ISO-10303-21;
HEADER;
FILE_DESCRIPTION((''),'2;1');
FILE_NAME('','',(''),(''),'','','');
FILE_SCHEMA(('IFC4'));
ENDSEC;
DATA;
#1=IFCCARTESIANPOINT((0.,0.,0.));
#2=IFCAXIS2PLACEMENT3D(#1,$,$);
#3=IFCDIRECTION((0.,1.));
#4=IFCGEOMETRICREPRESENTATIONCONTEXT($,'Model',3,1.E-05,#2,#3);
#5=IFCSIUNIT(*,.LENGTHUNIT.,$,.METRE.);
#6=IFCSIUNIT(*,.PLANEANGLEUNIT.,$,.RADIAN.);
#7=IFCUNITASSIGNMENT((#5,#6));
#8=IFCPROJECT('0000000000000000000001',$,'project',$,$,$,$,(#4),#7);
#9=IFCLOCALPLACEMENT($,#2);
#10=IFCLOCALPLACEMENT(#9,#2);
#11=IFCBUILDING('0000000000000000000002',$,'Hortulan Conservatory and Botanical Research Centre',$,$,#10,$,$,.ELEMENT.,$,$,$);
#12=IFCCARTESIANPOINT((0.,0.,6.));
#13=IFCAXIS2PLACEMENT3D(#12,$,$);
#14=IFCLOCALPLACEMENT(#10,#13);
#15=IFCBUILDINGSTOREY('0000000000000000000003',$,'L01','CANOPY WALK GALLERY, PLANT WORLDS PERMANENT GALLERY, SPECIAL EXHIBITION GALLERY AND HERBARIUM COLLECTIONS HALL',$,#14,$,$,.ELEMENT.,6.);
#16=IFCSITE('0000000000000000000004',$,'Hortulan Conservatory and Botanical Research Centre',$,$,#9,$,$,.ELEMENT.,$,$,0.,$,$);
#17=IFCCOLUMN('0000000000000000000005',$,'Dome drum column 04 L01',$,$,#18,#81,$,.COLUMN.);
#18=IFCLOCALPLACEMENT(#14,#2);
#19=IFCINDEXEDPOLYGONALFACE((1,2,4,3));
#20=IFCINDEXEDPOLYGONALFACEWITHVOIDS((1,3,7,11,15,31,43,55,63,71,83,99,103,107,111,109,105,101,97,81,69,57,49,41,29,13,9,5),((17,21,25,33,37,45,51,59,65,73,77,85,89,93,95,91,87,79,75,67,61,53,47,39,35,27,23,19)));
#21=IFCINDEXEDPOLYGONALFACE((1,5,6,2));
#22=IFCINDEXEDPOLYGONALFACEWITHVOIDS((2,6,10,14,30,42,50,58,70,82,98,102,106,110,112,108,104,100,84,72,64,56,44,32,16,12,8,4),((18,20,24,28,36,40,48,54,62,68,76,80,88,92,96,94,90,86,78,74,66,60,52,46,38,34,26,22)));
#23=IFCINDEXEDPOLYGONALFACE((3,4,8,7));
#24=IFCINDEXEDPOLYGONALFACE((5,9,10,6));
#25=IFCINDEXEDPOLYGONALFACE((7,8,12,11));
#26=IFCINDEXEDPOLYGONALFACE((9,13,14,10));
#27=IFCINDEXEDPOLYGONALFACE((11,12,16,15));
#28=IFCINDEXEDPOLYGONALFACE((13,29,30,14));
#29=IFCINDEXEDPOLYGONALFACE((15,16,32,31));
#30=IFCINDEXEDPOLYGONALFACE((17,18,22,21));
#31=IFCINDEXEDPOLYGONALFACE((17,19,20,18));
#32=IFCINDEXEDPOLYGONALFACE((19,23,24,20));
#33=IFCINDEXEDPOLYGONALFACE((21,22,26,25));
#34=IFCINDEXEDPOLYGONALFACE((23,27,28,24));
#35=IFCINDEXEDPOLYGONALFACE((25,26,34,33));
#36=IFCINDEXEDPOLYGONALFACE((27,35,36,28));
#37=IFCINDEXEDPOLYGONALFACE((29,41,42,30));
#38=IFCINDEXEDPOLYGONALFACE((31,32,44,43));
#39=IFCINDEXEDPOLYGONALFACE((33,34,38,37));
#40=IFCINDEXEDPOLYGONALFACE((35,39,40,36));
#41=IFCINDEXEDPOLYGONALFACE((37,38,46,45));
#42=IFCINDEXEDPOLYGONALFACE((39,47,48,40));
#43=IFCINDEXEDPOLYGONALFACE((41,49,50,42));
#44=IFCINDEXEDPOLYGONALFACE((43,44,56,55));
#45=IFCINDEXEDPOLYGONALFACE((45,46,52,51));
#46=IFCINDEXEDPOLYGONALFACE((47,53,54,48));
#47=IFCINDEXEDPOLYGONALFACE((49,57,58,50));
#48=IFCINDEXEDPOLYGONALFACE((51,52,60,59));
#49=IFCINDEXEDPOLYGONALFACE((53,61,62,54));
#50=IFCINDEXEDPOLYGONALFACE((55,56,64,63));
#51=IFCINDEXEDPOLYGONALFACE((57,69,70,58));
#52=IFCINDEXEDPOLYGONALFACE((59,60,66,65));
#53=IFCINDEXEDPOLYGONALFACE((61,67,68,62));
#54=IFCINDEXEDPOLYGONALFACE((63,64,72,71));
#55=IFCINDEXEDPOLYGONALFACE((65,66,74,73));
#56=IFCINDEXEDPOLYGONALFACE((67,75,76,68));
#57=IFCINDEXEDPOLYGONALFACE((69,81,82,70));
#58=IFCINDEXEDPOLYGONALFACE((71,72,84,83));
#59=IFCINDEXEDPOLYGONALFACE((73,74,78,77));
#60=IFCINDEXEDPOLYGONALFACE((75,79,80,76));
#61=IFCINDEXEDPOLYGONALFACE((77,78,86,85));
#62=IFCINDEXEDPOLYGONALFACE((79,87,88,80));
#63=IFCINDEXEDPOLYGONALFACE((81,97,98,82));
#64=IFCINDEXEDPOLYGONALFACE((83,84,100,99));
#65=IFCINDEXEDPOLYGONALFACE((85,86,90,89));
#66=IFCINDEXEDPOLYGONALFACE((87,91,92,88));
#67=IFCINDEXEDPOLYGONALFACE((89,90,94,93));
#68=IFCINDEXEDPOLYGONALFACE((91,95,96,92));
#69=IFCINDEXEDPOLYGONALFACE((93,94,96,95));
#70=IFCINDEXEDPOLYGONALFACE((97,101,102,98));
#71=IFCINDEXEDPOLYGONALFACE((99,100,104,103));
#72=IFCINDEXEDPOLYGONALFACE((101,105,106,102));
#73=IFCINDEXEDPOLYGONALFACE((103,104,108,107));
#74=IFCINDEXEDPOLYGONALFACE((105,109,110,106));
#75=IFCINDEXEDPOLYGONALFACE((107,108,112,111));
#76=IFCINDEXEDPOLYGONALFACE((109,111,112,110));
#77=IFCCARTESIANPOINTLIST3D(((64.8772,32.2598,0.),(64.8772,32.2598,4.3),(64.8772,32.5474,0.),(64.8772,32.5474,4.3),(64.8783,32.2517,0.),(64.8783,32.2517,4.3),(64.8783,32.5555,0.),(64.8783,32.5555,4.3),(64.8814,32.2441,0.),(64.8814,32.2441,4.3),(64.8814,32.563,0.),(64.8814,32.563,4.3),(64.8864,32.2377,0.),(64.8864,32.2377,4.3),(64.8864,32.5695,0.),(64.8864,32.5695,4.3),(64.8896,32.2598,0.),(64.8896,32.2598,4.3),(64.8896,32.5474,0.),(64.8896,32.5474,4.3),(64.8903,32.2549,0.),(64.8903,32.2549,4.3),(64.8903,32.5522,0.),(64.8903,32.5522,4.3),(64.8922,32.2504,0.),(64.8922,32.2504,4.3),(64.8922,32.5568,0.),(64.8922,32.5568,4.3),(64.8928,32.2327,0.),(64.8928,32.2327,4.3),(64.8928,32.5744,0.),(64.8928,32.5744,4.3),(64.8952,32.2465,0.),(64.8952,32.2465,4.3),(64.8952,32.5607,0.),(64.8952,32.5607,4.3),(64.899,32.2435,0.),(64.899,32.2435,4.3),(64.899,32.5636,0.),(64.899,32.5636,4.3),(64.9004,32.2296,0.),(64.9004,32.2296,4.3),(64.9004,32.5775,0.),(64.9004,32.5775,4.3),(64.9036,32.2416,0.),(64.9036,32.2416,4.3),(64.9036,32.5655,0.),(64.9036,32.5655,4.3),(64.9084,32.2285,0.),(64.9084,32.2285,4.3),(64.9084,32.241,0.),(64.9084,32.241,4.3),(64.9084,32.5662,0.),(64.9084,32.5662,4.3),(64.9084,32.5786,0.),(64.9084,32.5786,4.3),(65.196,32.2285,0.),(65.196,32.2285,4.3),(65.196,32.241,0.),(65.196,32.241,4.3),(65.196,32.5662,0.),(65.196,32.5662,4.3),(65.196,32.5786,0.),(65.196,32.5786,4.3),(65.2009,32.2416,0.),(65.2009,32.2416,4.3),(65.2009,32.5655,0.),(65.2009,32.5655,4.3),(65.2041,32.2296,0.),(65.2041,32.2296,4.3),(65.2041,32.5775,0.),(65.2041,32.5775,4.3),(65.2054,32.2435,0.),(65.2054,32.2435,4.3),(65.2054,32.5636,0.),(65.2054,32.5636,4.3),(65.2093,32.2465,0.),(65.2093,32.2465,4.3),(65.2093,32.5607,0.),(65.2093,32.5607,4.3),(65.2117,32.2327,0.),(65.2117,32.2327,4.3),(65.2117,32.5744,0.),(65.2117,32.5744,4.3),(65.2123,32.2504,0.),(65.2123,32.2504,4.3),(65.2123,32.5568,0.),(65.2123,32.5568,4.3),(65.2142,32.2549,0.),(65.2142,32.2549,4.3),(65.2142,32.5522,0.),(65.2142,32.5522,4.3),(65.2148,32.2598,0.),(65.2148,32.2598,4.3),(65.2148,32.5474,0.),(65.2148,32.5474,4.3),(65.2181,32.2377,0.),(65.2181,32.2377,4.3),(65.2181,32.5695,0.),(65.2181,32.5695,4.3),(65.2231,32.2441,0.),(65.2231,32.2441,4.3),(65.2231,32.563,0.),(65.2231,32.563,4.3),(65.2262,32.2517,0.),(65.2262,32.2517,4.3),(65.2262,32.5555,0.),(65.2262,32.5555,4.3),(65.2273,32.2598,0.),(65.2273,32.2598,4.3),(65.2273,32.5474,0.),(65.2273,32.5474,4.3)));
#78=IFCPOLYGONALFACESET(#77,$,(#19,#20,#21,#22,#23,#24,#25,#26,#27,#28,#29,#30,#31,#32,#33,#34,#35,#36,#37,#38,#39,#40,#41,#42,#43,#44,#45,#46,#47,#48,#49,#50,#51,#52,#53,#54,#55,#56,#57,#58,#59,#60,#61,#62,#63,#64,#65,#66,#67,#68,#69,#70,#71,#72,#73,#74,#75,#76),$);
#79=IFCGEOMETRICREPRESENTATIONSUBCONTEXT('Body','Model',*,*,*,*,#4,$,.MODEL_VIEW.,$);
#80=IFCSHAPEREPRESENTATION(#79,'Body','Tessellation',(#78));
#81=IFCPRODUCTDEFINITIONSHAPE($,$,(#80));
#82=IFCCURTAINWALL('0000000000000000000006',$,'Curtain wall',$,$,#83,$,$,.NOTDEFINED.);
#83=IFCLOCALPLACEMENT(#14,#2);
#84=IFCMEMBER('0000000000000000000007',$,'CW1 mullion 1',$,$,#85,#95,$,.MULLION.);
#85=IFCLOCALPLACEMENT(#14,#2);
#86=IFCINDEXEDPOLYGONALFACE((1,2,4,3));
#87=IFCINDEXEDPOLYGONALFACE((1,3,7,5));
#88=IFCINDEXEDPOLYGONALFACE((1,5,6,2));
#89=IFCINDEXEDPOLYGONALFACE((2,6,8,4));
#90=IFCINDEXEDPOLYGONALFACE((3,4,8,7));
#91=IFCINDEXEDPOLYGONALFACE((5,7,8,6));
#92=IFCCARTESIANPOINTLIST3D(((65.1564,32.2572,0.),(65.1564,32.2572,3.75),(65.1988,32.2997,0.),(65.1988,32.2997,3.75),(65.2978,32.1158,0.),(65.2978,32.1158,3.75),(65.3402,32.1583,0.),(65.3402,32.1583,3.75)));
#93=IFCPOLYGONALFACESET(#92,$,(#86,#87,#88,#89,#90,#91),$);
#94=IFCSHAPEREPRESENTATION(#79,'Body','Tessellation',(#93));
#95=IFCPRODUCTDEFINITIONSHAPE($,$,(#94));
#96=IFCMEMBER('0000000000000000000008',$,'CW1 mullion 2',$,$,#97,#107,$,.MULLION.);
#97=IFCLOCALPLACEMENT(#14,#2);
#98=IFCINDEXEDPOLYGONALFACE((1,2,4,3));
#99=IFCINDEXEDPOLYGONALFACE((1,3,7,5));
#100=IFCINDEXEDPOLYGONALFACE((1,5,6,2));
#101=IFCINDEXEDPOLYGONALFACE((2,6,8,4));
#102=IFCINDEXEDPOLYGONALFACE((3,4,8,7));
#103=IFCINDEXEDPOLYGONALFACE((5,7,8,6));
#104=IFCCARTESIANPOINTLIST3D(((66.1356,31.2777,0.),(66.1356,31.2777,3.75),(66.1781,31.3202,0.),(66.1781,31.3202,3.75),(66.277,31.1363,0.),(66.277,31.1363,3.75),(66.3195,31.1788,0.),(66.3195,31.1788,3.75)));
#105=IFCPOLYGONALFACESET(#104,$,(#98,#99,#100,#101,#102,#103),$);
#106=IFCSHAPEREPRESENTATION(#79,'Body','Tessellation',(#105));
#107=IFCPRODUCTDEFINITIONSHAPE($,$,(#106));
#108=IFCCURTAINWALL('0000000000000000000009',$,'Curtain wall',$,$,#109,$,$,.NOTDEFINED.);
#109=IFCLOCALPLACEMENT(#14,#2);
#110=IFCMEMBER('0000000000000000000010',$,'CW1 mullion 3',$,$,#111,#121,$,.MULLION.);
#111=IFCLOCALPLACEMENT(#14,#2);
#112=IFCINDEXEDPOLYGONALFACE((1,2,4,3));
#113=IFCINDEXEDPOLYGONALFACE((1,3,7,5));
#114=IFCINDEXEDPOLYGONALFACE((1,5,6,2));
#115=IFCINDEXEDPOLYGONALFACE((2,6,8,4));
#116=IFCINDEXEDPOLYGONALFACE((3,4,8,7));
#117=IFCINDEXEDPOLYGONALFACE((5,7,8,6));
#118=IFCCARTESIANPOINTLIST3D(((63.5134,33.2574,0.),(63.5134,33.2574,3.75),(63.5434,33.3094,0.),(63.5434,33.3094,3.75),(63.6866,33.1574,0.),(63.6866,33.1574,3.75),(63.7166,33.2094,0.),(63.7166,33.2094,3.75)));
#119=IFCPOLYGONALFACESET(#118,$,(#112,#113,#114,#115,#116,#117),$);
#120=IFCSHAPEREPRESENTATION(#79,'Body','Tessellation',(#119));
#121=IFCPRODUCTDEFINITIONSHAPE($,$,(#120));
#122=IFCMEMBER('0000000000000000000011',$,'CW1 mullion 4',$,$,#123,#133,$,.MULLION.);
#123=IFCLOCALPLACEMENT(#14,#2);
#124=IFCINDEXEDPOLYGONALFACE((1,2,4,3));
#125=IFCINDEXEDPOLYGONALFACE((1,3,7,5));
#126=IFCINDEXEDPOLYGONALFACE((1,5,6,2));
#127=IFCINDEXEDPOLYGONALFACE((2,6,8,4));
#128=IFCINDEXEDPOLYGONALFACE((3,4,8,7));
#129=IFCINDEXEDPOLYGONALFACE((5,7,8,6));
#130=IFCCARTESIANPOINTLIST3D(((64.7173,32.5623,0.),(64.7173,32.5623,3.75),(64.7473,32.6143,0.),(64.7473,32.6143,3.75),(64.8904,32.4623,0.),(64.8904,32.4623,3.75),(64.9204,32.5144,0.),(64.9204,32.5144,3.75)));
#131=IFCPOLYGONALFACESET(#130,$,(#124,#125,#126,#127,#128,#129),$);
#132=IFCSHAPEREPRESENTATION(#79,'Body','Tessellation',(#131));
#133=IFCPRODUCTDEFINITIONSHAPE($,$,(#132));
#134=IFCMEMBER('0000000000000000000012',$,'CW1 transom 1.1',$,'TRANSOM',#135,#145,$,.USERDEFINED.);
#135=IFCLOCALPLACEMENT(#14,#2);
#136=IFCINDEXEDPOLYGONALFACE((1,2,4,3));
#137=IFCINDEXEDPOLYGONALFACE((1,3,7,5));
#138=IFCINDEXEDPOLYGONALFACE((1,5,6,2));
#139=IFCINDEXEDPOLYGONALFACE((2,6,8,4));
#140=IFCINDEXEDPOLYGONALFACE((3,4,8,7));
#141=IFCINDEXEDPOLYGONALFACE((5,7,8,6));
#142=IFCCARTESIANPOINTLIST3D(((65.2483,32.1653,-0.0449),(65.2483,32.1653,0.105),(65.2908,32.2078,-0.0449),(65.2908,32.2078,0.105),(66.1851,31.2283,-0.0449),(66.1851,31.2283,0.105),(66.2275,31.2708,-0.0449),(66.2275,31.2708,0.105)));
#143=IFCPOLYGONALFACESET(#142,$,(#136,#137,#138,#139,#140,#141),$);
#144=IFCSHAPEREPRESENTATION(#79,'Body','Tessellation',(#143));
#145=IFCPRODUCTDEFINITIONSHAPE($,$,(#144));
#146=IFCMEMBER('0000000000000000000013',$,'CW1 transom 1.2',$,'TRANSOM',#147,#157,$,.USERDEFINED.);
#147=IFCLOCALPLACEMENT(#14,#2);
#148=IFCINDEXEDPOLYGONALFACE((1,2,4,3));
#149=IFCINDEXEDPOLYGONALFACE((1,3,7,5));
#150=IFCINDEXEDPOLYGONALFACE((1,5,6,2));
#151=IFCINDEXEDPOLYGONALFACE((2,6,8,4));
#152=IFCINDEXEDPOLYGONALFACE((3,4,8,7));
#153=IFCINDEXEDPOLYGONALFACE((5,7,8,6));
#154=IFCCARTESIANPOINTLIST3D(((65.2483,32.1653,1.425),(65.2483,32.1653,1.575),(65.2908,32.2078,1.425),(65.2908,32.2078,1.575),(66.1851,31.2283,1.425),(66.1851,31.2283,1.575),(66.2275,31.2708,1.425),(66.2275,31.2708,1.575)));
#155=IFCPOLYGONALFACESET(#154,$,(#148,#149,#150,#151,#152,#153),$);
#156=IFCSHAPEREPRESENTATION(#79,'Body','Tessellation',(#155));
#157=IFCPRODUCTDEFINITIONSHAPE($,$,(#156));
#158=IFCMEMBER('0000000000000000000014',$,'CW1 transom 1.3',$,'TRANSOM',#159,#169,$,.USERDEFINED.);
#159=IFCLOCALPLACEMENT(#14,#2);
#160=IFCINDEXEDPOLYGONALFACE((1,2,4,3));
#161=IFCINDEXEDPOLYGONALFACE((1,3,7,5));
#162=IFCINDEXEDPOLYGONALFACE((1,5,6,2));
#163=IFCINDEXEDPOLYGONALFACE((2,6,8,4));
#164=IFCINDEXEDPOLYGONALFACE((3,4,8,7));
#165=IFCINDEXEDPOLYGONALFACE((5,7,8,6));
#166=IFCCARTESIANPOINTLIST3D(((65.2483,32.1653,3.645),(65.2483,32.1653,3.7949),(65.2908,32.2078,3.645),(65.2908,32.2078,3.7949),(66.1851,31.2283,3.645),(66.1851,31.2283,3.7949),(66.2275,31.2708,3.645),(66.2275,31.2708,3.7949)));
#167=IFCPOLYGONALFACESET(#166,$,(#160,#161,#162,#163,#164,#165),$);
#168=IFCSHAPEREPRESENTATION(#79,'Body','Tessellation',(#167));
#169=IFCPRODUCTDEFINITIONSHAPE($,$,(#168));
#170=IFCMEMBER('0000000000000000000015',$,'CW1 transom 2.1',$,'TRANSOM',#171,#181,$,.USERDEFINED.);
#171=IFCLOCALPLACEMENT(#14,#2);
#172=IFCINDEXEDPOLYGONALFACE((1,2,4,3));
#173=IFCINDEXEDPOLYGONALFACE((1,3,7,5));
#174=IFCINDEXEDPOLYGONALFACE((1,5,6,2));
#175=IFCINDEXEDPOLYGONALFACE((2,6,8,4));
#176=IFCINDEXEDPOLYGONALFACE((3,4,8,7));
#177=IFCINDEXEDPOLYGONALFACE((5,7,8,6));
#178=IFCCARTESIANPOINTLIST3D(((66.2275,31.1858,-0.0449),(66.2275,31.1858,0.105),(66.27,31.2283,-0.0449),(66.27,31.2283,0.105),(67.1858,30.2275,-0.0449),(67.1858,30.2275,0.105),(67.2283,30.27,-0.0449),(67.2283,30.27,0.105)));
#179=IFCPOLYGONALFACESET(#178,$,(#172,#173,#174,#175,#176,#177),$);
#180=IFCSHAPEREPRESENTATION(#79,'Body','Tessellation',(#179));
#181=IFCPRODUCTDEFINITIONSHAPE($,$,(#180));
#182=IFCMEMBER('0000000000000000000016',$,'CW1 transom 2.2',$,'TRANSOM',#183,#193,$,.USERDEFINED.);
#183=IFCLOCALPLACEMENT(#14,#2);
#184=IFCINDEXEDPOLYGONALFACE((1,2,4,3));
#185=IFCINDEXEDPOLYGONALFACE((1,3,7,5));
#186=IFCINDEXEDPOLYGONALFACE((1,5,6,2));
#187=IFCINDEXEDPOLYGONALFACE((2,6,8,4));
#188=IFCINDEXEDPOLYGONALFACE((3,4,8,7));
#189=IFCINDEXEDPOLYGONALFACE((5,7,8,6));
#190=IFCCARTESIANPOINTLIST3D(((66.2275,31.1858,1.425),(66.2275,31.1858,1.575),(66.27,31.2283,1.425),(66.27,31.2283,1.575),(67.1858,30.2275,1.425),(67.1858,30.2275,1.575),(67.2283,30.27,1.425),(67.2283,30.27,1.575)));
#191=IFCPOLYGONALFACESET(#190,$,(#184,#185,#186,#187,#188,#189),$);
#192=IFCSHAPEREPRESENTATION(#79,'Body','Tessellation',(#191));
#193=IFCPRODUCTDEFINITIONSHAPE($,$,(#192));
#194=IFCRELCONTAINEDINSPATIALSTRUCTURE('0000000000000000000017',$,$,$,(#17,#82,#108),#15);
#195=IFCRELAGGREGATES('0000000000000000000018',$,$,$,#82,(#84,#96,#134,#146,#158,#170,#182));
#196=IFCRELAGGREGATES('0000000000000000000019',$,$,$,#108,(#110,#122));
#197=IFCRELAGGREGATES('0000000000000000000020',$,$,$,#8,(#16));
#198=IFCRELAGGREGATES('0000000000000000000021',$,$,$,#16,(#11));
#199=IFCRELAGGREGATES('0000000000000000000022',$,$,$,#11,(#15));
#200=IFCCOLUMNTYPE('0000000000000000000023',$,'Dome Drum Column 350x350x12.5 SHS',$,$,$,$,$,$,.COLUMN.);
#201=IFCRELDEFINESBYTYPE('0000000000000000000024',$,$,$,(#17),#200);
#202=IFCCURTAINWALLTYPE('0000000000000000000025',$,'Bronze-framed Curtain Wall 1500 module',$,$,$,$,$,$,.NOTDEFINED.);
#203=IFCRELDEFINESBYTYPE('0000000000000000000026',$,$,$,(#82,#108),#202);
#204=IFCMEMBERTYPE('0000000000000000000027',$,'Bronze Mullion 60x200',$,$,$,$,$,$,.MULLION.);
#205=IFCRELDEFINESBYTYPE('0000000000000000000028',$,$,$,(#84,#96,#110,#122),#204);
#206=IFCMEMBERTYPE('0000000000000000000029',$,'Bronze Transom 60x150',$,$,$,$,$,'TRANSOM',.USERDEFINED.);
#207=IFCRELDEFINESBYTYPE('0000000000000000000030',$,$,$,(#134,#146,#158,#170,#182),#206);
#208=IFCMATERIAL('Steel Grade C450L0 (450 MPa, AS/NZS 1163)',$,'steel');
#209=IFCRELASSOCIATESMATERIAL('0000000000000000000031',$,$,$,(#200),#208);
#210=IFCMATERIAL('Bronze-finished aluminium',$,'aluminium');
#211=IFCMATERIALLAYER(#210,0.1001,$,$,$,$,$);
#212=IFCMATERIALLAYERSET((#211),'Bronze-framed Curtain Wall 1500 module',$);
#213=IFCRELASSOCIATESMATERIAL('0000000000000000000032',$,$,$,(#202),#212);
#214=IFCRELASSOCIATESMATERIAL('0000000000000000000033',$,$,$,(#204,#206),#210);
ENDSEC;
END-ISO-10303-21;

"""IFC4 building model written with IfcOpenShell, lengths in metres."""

from ifc_helpers import new_model, si_unit, direction, frame, origin, origin_2d, place, context, subcontext, project, spatial, rectangle, hollow_rectangle, extrude, material, layer, layer_set, material_profile, profile_set, type_object, element, aggregate, save


model = new_model("IFC4")

# Units and contexts
model_context = context("Model", 3, precision=1e-05, world=origin(), true_north=direction((0.0, 1.0)))
body_context = subcontext(model_context, "Body", "Model", "MODEL_VIEW")
ifc_project = project(units=[si_unit("LENGTHUNIT", "METRE"), si_unit("PLANEANGLEUNIT", "RADIAN")], contexts=[model_context])

# Site, building, storey
site_placement = place(None, origin())
site = spatial("IfcSite", under=ifc_project, at=site_placement, Name="Hortulan Conservatory and Botanical Research Centre", CompositionType="ELEMENT", RefElevation=0.0)
building_placement = place(site_placement, origin())
building = spatial("IfcBuilding", under=site, at=building_placement, Name="Hortulan Conservatory and Botanical Research Centre", CompositionType="ELEMENT")
storey_placement = place(building_placement, frame((0.0, 0.0, 6.0)))
storey = spatial("IfcBuildingStorey", under=building, at=storey_placement, Name="L01", Description="CANOPY WALK GALLERY, PLANT WORLDS PERMANENT GALLERY, SPECIAL EXHIBITION GALLERY AND HERBARIUM COLLECTIONS HALL", CompositionType="ELEMENT", Elevation=6.0)

# Column
ifc_material_1 = material(Name="Steel Grade C450L0 (450 MPa, AS/NZS 1163)", Category="steel")
ifc_material_profile_1 = material_profile(ifc_material_1, hollow_rectangle(XDim=0.3501, YDim=0.3501, WallThickness=0.0125, InnerFilletRadius=0.0188, OuterFilletRadius=0.0312, at=origin_2d()), Name="350x350x12.5SHS")
ifc_profile_set_1 = profile_set([ifc_material_profile_1], Name="Steel Grade C450L0 (450 MPa, AS/NZS 1163)")
column_type = type_object("IfcColumnType", Name="Dome Drum Column 350x350x12.5 SHS", PredefinedType="COLUMN", material=ifc_profile_set_1)
column_placement = place(storey_placement, frame((65.0522, 32.4036, 0.0), z_axis=(0.0, 0.0, 1.0), x_axis=(1.0, 0.0, 0.0)))
element("IfcColumn", 1, at=column_placement, inside=storey, type_object=column_type, Name="Dome drum column 04 L01", PredefinedType="COLUMN", context=body_context, shape_type="SweptSolid", body=[
    extrude(hollow_rectangle(XDim=0.3501, YDim=0.3501, WallThickness=0.0125, InnerFilletRadius=0.0188, OuterFilletRadius=0.0312, at=origin_2d()), origin(), (0.0, 0.0, 1.0), 4.3),
])

# Curtain walls, members
ifc_material_2 = material(Name="Bronze-finished aluminium", Category="aluminium")
ifc_layer_1 = layer(ifc_material_2, 0.1001)
ifc_layer_set_1 = layer_set([ifc_layer_1], Name="Bronze-framed Curtain Wall 1500 module")
curtain_wall_type = type_object("IfcCurtainWallType", Name="Bronze-framed Curtain Wall 1500 module", PredefinedType="NOTDEFINED", material=ifc_layer_set_1)
curtain_wall_1_placement = place(storey_placement, origin())
curtain_wall_1 = element("IfcCurtainWall", 2, at=curtain_wall_1_placement, inside=storey, type_object=curtain_wall_type, Name="Curtain wall", PredefinedType="NOTDEFINED")
ifc_material_profile_2 = material_profile(ifc_material_2, rectangle(XDim=0.0601, YDim=0.2, at=origin_2d()), Name="Bronze Mullion 60x200")
ifc_profile_set_2 = profile_set([ifc_material_profile_2], Name="Bronze-finished aluminium")
member_type_1 = type_object("IfcMemberType", Name="Bronze Mullion 60x200", PredefinedType="MULLION", material=ifc_profile_set_2)
member_1_placement = place(storey_placement, frame((65.2483, 32.2078, 0.0), z_axis=(0.0, 0.0, 1.0), x_axis=(0.707107, 0.707107, 0.0)))
member_1 = element("IfcMember", 3, at=member_1_placement, type_object=member_type_1, Name="CW1 mullion 1", PredefinedType="MULLION", context=body_context, shape_type="SweptSolid", body=[
    extrude(rectangle(XDim=0.0601, YDim=0.2, at=origin_2d()), origin(), (0.0, 0.0, 1.0), 3.75),
])
member_2_placement = place(storey_placement, frame((66.2275, 31.2283, 0.0), z_axis=(0.0, 0.0, 1.0), x_axis=(0.707107, 0.707107, 0.0)))
member_2 = element("IfcMember", 4, at=member_2_placement, type_object=member_type_1, Name="CW1 mullion 2", PredefinedType="MULLION", context=body_context, shape_type="SweptSolid", body=[
    extrude(rectangle(XDim=0.0601, YDim=0.2, at=origin_2d()), origin(), (0.0, 0.0, 1.0), 3.75),
])
curtain_wall_2_placement = place(storey_placement, origin())
curtain_wall_2 = element("IfcCurtainWall", 5, at=curtain_wall_2_placement, inside=storey, type_object=curtain_wall_type, Name="Curtain wall", PredefinedType="NOTDEFINED")
member_3_placement = place(storey_placement, frame((63.615, 33.2334, 0.0), z_axis=(0.0, 0.0, 1.0), x_axis=(0.499981, 0.866036, 0.0)))
member_3 = element("IfcMember", 6, at=member_3_placement, type_object=member_type_1, Name="CW1 mullion 3", PredefinedType="MULLION", context=body_context, shape_type="SweptSolid", body=[
    extrude(rectangle(XDim=0.0601, YDim=0.2, at=origin_2d()), origin(), (0.0, 0.0, 1.0), 3.75),
])
member_4_placement = place(storey_placement, frame((64.8188, 32.5383, 0.0), z_axis=(0.0, 0.0, 1.0), x_axis=(0.499981, 0.866036, 0.0)))
member_4 = element("IfcMember", 7, at=member_4_placement, type_object=member_type_1, Name="CW1 mullion 4", PredefinedType="MULLION", context=body_context, shape_type="SweptSolid", body=[
    extrude(rectangle(XDim=0.0601, YDim=0.2, at=origin_2d()), origin(), (0.0, 0.0, 1.0), 3.75),
])

# Members
ifc_material_profile_3 = material_profile(ifc_material_2, rectangle(XDim=0.0601, YDim=0.1499, at=origin_2d()), Name="Bronze Transom 60x150")
ifc_profile_set_3 = profile_set([ifc_material_profile_3], Name="Bronze-finished aluminium")
member_type_2 = type_object("IfcMemberType", Name="Bronze Transom 60x150", ElementType="TRANSOM", PredefinedType="USERDEFINED", material=ifc_profile_set_3)
member_5_placement = place(storey_placement, frame((65.2695, 32.1865, 0.03), z_axis=(0.707015, -0.707199, 0.0), x_axis=(0.707199, 0.707015, 0.0)))
member_5 = element("IfcMember", 8, at=member_5_placement, type_object=member_type_2, Name="CW1 transom 1.1", ObjectType="TRANSOM", PredefinedType="USERDEFINED", context=body_context, shape_type="SweptSolid", body=[
    extrude(rectangle(XDim=0.0601, YDim=0.1499, at=origin_2d()), origin(), (0.0, 0.0, 1.0), 1.325),
])
member_6_placement = place(storey_placement, frame((65.2695, 32.1865, 1.5), z_axis=(0.707015, -0.707199, 0.0), x_axis=(0.707199, 0.707015, 0.0)))
member_6 = element("IfcMember", 9, at=member_6_placement, type_object=member_type_2, Name="CW1 transom 1.2", ObjectType="TRANSOM", PredefinedType="USERDEFINED", context=body_context, shape_type="SweptSolid", body=[
    extrude(rectangle(XDim=0.0601, YDim=0.1499, at=origin_2d()), origin(), (0.0, 0.0, 1.0), 1.325),
])
member_7_placement = place(storey_placement, frame((65.2695, 32.1865, 3.72), z_axis=(0.707015, -0.707199, 0.0), x_axis=(0.707199, 0.707015, 0.0)))
member_7 = element("IfcMember", 10, at=member_7_placement, type_object=member_type_2, Name="CW1 transom 1.3", ObjectType="TRANSOM", PredefinedType="USERDEFINED", context=body_context, shape_type="SweptSolid", body=[
    extrude(rectangle(XDim=0.0601, YDim=0.1499, at=origin_2d()), origin(), (0.0, 0.0, 1.0), 1.325),
])
member_8_placement = place(storey_placement, frame((66.2488, 31.207, 0.03), z_axis=(0.707107, -0.707107, 0.0), x_axis=(0.707107, 0.707107, 0.0)))
member_8 = element("IfcMember", 11, at=member_8_placement, type_object=member_type_2, Name="CW1 transom 2.1", ObjectType="TRANSOM", PredefinedType="USERDEFINED", context=body_context, shape_type="SweptSolid", body=[
    extrude(rectangle(XDim=0.0601, YDim=0.1499, at=origin_2d()), origin(), (0.0, 0.0, 1.0), 1.3552),
])
member_9_placement = place(storey_placement, frame((66.2488, 31.207, 1.5), z_axis=(0.707107, -0.707107, 0.0), x_axis=(0.707107, 0.707107, 0.0)))
member_9 = element("IfcMember", 12, at=member_9_placement, type_object=member_type_2, Name="CW1 transom 2.2", ObjectType="TRANSOM", PredefinedType="USERDEFINED", context=body_context, shape_type="SweptSolid", body=[
    extrude(rectangle(XDim=0.0601, YDim=0.1499, at=origin_2d()), origin(), (0.0, 0.0, 1.0), 1.3552),
])

aggregate(curtain_wall_1, [member_1, member_2, member_5, member_6, member_7, member_8, member_9])
aggregate(curtain_wall_2, [member_3, member_4])

save(model, "model.ifc")
